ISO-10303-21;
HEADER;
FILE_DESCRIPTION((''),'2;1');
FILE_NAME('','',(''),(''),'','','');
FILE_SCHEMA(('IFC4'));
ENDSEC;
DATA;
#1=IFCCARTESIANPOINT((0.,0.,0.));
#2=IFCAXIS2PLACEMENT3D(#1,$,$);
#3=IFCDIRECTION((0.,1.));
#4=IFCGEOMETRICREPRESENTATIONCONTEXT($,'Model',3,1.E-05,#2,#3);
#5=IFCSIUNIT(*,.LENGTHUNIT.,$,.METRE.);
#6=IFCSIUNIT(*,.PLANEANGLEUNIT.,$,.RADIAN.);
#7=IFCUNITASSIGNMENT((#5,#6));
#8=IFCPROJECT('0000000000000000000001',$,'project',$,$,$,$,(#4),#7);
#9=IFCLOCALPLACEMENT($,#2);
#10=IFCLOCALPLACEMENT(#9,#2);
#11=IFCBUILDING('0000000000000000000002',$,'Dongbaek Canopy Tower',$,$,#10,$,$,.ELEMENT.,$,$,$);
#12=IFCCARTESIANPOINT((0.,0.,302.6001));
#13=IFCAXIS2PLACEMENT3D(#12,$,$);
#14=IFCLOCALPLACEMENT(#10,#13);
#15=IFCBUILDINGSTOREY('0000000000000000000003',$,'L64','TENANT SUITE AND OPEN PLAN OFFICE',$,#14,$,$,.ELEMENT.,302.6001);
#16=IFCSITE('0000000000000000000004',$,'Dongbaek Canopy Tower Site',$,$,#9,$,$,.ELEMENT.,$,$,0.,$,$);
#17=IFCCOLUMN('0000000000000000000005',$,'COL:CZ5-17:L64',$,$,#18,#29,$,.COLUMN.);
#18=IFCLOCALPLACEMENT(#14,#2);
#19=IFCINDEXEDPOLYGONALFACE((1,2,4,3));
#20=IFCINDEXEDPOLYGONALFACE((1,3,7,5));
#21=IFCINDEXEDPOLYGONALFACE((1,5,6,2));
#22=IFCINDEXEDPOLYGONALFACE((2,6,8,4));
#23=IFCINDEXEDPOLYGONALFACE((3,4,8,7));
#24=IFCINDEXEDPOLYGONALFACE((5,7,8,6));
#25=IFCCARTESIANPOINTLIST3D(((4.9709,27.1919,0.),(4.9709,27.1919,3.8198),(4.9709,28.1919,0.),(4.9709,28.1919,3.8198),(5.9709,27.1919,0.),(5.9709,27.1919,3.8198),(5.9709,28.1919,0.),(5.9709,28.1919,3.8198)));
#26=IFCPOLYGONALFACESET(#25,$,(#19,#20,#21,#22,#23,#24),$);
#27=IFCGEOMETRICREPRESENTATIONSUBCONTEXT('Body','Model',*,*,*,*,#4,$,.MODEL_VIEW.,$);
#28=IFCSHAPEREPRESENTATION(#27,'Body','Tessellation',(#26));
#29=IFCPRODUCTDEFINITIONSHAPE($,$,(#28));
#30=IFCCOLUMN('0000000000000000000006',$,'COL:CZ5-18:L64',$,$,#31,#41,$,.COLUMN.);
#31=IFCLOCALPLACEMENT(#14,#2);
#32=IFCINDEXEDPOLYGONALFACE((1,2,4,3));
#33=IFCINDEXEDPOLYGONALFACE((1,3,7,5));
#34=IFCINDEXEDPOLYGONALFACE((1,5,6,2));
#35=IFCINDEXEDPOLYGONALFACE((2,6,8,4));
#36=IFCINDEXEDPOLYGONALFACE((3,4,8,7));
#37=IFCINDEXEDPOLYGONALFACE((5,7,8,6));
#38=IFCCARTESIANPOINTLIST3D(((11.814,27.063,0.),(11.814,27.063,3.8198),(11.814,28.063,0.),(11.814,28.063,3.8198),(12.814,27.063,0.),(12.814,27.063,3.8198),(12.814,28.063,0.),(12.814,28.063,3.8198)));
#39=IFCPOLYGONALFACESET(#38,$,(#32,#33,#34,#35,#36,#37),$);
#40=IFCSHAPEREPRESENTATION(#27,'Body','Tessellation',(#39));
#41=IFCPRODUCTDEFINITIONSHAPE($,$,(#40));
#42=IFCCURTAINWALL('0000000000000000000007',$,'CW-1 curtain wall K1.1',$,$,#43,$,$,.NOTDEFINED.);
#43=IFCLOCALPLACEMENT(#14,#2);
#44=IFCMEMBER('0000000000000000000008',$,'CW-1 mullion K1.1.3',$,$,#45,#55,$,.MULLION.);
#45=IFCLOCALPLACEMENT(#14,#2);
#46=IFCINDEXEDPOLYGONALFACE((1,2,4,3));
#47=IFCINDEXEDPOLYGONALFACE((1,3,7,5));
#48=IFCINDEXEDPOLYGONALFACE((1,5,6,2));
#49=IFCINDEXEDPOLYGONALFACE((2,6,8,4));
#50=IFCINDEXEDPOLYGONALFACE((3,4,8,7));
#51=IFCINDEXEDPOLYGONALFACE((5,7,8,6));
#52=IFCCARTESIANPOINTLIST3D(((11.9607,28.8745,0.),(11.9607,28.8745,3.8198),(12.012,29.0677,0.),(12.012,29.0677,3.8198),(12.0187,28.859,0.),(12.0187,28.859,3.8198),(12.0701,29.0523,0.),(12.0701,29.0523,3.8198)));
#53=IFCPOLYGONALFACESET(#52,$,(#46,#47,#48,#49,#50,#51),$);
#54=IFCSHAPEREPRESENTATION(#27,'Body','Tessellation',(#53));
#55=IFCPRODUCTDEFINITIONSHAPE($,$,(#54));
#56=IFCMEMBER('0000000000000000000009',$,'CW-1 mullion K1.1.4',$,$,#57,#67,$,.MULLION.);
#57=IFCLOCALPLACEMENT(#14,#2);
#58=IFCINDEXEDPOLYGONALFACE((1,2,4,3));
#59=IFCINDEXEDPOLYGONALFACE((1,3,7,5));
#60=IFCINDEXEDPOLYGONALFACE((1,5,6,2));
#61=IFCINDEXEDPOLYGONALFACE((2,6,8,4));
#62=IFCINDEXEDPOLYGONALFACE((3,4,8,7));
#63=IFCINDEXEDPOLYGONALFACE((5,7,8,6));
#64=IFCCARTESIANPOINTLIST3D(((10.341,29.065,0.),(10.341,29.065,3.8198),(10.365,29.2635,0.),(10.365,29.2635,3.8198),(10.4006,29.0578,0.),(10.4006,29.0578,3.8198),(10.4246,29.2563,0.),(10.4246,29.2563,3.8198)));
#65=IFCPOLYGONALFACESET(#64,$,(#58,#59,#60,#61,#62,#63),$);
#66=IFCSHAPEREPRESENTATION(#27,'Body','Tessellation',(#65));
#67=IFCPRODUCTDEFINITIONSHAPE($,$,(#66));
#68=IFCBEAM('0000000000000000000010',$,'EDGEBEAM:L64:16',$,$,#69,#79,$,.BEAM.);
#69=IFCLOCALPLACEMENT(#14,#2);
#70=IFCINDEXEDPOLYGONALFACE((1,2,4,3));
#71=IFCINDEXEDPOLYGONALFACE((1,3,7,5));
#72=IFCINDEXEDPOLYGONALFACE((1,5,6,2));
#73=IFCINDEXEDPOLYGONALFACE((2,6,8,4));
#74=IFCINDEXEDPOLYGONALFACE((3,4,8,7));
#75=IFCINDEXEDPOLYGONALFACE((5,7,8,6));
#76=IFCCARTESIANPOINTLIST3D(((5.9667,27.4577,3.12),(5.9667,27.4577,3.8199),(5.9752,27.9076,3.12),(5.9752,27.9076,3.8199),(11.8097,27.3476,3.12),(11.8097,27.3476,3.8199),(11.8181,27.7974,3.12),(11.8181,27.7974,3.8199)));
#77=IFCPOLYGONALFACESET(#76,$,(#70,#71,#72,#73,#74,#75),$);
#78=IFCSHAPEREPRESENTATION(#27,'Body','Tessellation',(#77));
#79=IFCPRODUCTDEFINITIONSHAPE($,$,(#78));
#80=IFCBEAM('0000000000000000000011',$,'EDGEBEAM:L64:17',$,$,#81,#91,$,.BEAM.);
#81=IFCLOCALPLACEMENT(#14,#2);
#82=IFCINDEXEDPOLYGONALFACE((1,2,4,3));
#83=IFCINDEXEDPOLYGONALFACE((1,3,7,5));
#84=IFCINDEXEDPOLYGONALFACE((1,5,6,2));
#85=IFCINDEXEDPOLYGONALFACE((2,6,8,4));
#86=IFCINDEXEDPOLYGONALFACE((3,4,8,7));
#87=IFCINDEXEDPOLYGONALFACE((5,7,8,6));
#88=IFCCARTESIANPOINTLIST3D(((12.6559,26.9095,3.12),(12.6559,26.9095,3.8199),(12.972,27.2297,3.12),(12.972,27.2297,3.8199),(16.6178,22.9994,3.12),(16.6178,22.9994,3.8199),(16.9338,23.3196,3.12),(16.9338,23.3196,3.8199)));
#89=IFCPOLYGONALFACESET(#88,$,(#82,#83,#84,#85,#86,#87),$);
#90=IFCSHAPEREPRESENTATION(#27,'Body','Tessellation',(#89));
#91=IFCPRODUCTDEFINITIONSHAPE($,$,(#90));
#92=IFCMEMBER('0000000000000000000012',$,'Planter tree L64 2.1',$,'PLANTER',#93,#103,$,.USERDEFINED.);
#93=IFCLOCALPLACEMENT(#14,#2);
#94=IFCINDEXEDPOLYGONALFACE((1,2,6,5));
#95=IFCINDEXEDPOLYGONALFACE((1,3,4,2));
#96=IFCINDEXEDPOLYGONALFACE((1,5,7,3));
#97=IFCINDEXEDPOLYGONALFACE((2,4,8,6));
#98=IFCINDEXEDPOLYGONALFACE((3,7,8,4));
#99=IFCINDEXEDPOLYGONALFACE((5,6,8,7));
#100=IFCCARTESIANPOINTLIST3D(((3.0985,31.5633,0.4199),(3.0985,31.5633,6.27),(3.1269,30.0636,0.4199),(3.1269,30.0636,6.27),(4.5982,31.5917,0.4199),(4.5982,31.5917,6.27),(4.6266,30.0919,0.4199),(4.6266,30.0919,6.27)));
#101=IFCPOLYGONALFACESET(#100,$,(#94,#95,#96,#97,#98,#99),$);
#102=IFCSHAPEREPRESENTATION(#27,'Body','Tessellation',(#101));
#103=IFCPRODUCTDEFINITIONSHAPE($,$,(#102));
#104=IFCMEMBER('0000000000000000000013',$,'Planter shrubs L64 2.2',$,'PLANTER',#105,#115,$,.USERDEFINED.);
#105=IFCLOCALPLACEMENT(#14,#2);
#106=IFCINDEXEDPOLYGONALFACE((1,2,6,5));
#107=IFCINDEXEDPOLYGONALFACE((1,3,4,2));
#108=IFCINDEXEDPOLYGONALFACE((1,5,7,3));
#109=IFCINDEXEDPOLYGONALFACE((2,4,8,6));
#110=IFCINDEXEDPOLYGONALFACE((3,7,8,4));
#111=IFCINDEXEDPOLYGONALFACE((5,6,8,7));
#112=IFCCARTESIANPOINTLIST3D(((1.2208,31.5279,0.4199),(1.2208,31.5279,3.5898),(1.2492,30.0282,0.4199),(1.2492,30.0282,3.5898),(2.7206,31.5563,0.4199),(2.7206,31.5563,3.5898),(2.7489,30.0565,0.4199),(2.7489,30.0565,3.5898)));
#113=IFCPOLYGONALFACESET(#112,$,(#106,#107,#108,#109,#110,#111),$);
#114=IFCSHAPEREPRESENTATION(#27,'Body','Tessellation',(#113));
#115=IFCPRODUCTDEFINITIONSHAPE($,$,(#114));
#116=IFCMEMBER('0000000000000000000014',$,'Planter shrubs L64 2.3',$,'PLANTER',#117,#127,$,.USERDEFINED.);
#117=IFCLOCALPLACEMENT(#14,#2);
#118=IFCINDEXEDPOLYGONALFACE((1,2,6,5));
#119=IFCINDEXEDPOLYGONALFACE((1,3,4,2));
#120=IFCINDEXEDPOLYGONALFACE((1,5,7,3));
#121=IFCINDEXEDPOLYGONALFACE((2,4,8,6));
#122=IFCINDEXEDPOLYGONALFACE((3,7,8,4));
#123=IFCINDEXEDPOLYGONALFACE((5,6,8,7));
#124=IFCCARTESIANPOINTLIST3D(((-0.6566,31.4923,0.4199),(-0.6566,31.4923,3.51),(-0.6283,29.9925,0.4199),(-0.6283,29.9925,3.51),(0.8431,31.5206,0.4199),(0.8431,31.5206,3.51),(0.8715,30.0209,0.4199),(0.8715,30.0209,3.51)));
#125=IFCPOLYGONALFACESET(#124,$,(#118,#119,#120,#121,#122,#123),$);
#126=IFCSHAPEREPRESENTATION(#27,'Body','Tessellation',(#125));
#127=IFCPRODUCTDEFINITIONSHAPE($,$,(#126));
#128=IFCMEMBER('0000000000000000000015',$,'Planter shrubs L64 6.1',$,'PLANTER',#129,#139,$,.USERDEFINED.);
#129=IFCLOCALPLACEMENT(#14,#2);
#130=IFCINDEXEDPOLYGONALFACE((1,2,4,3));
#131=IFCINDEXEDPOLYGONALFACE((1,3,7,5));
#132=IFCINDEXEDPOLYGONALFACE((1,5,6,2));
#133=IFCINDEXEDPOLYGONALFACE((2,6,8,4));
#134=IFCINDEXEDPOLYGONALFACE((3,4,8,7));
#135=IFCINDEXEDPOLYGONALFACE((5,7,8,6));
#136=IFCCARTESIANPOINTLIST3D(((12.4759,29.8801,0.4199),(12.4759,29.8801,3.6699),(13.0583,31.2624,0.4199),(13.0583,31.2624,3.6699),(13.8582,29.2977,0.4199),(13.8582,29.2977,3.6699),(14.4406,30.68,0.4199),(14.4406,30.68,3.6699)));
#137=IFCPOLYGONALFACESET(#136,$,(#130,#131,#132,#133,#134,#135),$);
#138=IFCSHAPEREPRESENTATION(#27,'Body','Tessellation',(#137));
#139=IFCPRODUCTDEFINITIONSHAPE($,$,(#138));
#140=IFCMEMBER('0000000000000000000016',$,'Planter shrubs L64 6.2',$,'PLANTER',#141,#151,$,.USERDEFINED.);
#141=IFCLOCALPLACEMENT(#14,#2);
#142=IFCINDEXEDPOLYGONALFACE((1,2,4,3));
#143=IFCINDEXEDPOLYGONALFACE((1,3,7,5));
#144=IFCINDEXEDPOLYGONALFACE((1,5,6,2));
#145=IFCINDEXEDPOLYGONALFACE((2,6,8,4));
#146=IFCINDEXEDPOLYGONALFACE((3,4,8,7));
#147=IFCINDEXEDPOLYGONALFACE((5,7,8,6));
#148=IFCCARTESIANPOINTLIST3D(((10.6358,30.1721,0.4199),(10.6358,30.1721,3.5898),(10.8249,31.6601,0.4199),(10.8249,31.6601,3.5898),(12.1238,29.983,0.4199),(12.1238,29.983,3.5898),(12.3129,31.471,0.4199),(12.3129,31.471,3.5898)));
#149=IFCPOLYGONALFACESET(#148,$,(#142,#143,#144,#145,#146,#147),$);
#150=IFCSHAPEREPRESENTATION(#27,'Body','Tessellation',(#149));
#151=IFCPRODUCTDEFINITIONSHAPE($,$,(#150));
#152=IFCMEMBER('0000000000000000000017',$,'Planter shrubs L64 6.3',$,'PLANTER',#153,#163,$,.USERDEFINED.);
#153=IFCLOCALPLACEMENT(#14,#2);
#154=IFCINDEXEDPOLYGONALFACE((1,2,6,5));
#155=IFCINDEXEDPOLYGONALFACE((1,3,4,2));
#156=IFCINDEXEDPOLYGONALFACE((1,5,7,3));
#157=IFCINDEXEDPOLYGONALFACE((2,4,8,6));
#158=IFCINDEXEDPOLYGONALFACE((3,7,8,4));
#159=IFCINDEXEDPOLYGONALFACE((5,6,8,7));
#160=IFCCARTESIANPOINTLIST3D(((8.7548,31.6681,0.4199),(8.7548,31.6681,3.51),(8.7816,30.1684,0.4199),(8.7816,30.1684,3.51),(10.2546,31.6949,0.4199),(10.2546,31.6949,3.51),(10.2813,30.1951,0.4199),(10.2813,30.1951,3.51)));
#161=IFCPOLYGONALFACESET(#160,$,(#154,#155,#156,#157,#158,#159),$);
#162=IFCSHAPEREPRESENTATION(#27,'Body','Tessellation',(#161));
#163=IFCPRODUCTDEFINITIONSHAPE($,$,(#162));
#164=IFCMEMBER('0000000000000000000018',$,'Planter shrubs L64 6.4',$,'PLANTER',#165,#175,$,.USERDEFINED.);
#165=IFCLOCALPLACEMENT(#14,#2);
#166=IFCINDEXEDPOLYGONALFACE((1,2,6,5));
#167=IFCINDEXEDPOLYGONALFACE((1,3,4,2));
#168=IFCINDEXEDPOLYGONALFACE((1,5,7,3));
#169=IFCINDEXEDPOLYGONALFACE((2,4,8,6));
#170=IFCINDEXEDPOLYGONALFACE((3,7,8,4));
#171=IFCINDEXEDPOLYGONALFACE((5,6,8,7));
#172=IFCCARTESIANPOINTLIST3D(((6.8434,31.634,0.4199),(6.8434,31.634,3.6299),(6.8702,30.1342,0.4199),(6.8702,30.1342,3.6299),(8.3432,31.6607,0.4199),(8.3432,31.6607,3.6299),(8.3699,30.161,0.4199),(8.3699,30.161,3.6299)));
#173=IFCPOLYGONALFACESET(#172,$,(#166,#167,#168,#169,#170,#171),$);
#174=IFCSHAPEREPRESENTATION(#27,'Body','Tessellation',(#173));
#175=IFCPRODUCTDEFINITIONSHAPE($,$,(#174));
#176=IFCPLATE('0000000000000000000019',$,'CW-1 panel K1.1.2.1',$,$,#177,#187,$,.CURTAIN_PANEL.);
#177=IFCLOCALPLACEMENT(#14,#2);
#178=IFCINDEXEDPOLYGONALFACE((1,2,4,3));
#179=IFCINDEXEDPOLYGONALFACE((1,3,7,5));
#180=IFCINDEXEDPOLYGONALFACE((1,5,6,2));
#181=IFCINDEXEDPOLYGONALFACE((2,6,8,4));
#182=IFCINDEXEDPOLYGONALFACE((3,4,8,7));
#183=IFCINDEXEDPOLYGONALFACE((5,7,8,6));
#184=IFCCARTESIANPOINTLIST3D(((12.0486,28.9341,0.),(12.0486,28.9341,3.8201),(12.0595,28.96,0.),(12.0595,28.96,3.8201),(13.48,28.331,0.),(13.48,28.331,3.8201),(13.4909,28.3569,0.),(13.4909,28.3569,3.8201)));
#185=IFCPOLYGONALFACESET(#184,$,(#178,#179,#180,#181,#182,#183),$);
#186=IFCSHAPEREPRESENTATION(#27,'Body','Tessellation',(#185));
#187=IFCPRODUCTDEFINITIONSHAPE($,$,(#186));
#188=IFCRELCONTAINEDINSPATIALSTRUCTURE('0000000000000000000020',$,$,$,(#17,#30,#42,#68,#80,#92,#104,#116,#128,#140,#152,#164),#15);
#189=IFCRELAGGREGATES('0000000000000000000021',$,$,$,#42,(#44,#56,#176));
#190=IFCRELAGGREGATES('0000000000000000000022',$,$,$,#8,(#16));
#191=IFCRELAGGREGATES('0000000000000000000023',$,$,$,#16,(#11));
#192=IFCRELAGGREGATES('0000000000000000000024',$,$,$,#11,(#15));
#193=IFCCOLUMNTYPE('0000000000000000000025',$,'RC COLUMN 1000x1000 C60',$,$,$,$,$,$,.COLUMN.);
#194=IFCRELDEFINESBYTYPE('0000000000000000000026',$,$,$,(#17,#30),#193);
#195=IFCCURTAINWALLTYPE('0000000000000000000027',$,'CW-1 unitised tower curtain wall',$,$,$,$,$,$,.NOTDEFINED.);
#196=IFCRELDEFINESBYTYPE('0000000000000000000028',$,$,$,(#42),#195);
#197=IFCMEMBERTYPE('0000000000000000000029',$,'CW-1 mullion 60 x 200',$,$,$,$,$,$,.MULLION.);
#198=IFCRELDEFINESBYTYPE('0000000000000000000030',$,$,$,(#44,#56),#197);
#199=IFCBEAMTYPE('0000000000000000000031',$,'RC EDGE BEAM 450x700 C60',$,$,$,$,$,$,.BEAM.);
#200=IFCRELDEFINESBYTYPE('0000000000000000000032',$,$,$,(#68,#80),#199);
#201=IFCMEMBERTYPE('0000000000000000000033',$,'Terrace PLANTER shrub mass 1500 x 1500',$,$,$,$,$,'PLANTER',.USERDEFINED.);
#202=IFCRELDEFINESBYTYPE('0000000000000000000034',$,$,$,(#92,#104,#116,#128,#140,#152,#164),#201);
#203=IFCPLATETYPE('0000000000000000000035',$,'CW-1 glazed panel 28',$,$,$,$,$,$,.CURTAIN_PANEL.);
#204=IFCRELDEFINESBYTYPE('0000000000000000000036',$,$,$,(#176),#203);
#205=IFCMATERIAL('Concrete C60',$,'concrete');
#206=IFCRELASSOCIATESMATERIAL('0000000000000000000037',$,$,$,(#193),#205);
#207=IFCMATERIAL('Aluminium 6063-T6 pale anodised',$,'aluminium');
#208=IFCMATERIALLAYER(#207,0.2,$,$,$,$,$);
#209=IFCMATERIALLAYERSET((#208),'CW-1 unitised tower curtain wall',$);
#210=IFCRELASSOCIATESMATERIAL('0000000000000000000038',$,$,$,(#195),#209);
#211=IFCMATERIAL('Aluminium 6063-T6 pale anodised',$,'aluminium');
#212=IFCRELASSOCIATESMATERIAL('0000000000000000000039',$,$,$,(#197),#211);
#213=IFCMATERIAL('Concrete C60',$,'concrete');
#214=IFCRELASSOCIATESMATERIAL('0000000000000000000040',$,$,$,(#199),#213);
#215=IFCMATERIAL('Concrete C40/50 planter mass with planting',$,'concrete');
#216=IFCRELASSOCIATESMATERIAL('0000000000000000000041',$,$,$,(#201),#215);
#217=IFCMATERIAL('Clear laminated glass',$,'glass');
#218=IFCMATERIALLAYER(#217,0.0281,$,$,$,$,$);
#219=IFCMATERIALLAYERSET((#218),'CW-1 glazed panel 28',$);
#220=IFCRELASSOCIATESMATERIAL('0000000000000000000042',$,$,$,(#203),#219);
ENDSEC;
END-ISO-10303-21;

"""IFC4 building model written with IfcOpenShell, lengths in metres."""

from ifc_helpers import new_model, si_unit, direction, frame, origin, origin_2d, place, context, subcontext, project, spatial, rectangle, extrude, material, layer, layer_set, material_profile, profile_set, type_object, element, aggregate, save


model = new_model("IFC4")

# Units and contexts
model_context = context("Model", 3, precision=1e-05, world=origin(), true_north=direction((0.0, 1.0)))
body_context = subcontext(model_context, "Body", "Model", "MODEL_VIEW")
ifc_project = project(units=[si_unit("LENGTHUNIT", "METRE"), si_unit("PLANEANGLEUNIT", "RADIAN")], contexts=[model_context])

# Site, building, storey
site_placement = place(None, origin())
site = spatial("IfcSite", under=ifc_project, at=site_placement, Name="Dongbaek Canopy Tower Site", CompositionType="ELEMENT", RefElevation=0.0)
building_placement = place(site_placement, origin())
building = spatial("IfcBuilding", under=site, at=building_placement, Name="Dongbaek Canopy Tower", CompositionType="ELEMENT")
storey_placement = place(building_placement, frame((0.0, 0.0, 302.6001)))
storey = spatial("IfcBuildingStorey", under=building, at=storey_placement, Name="L64", Description="TENANT SUITE AND OPEN PLAN OFFICE", CompositionType="ELEMENT", Elevation=302.6001)

# Columns
ifc_material_1 = material(Name="Concrete C60", Category="concrete")
ifc_material_profile_1 = material_profile(ifc_material_1, rectangle(XDim=1.0, YDim=1.0, at=origin_2d()), Name="RC COLUMN 1000x1000 C60")
ifc_profile_set_1 = profile_set([ifc_material_profile_1], Name="Concrete C60")
column_type = type_object("IfcColumnType", Name="RC COLUMN 1000x1000 C60", PredefinedType="COLUMN", material=ifc_profile_set_1)
for number, where, z_axis, x_axis, name in (
    (1, (5.4709, 27.6919, 0.0), (0.0, 0.0, 1.0), (1.0, 0.0, 0.0), "COL:CZ5-17:L64"),
    (2, (12.314, 27.563, 0.0), (0.0, 0.0, 1.0), (1.0, 0.0, 0.0), "COL:CZ5-18:L64"),
):
    element("IfcColumn", number, at=place(storey_placement, frame(where, z_axis=z_axis, x_axis=x_axis)), inside=storey, type_object=column_type, Name=name, PredefinedType="COLUMN", context=body_context, shape_type="SweptSolid", body=[
        extrude(rectangle(XDim=1.0, YDim=1.0, at=origin_2d()), origin(), (0.0, 0.0, 1.0), 3.8198),
    ])

# Curtain wall, members
ifc_material_2 = material(Name="Aluminium 6063-T6 pale anodised", Category="aluminium")
ifc_layer_1 = layer(ifc_material_2, 0.2)
ifc_layer_set_1 = layer_set([ifc_layer_1], Name="CW-1 unitised tower curtain wall")
curtain_wall_type = type_object("IfcCurtainWallType", Name="CW-1 unitised tower curtain wall", PredefinedType="NOTDEFINED", material=ifc_layer_set_1)
curtain_wall_placement = place(storey_placement, origin())
curtain_wall = element("IfcCurtainWall", 3, at=curtain_wall_placement, inside=storey, type_object=curtain_wall_type, Name="CW-1 curtain wall K1.1", PredefinedType="NOTDEFINED")
ifc_material_3 = material(Name="Aluminium 6063-T6 pale anodised", Category="aluminium")
ifc_material_profile_2 = material_profile(ifc_material_3, rectangle(XDim=0.2, YDim=0.0601, at=origin_2d()), Name="CW-1 mullion 60 x 200")
ifc_profile_set_2 = profile_set([ifc_material_profile_2], Name="Aluminium 6063-T6 pale anodised")
member_type_1 = type_object("IfcMemberType", Name="CW-1 mullion 60 x 200", PredefinedType="MULLION", material=ifc_profile_set_2)
member_1_placement = place(storey_placement, frame((12.0154, 28.9634, 0.0), z_axis=(0.0, 0.0, 1.0), x_axis=(0.256634, 0.966509, 0.0)))
member_1 = element("IfcMember", 4, at=member_1_placement, type_object=member_type_1, Name="CW-1 mullion K1.1.3", PredefinedType="MULLION", context=body_context, shape_type="SweptSolid", body=[
    extrude(rectangle(XDim=0.2, YDim=0.0601, at=origin_2d()), origin(), (0.0, 0.0, 1.0), 3.8198),
])
member_2_placement = place(storey_placement, frame((10.3828, 29.1606, 0.0), z_axis=(0.0, 0.0, 1.0), x_axis=(0.120026, 0.992771, 0.0)))
member_2 = element("IfcMember", 5, at=member_2_placement, type_object=member_type_1, Name="CW-1 mullion K1.1.4", PredefinedType="MULLION", context=body_context, shape_type="SweptSolid", body=[
    extrude(rectangle(XDim=0.2, YDim=0.0601, at=origin_2d()), origin(), (0.0, 0.0, 1.0), 3.8198),
])

# Beams
ifc_material_4 = material(Name="Concrete C60", Category="concrete")
ifc_material_profile_3 = material_profile(ifc_material_4, rectangle(XDim=0.45, YDim=0.7, at=origin_2d()), Name="RC EDGE BEAM 450x700 C60")
ifc_profile_set_3 = profile_set([ifc_material_profile_3], Name="Concrete C60")
beam_type = type_object("IfcBeamType", Name="RC EDGE BEAM 450x700 C60", PredefinedType="BEAM", material=ifc_profile_set_3)
beam_1_placement = place(storey_placement, frame((5.9709, 27.6826, 3.47), z_axis=(0.999822, -0.018841, 0.0), x_axis=(0.018841, 0.999822, 0.0)))
element("IfcBeam", 6, at=beam_1_placement, inside=storey, type_object=beam_type, Name="EDGEBEAM:L64:16", PredefinedType="BEAM", context=body_context, shape_type="SweptSolid", body=[
    extrude(rectangle(XDim=0.45, YDim=0.7, at=origin_2d()), origin(), (0.0, 0.0, 1.0), 5.844),
])
beam_2_placement = place(storey_placement, frame((12.814, 27.0696, 3.47), z_axis=(0.711741, -0.702442, 0.0), x_axis=(0.702442, 0.711741, 0.0)))
element("IfcBeam", 7, at=beam_2_placement, inside=storey, type_object=beam_type, Name="EDGEBEAM:L64:17", PredefinedType="BEAM", context=body_context, shape_type="SweptSolid", body=[
    extrude(rectangle(XDim=0.45, YDim=0.7, at=origin_2d()), origin(), (0.0, 0.0, 1.0), 5.5664),
])

# Members
ifc_material_5 = material(Name="Concrete C40/50 planter mass with planting", Category="concrete")
ifc_material_profile_4 = material_profile(ifc_material_5, rectangle(XDim=1.5, YDim=1.5, at=origin_2d()), Name="Terrace PLANTER shrub mass 1500 x 1500")
ifc_profile_set_4 = profile_set([ifc_material_profile_4], Name="Concrete C40/50 planter mass with planting")
member_type_2 = type_object("IfcMemberType", Name="Terrace PLANTER shrub mass 1500 x 1500", ElementType="PLANTER", PredefinedType="USERDEFINED", material=ifc_profile_set_4)
member_3_placement = place(storey_placement, frame((3.8625, 30.8276, 0.4199), z_axis=(0.0, 0.0, 1.0), x_axis=(-0.018905, 0.999821, 0.0)))
element("IfcMember", 8, at=member_3_placement, inside=storey, type_object=member_type_2, Name="Planter tree L64 2.1", ObjectType="PLANTER", PredefinedType="USERDEFINED", context=body_context, shape_type="SweptSolid", body=[
    extrude(rectangle(XDim=1.5, YDim=1.5, at=origin_2d()), origin(), (0.0, 0.0, 1.0), 5.8501),
])
member_4_placement = place(storey_placement, frame((1.9849, 30.7922, 0.4199), z_axis=(0.0, 0.0, 1.0), x_axis=(-0.018905, 0.999821, 0.0)))
element("IfcMember", 9, at=member_4_placement, inside=storey, type_object=member_type_2, Name="Planter shrubs L64 2.2", ObjectType="PLANTER", PredefinedType="USERDEFINED", context=body_context, shape_type="SweptSolid", body=[
    extrude(rectangle(XDim=1.5, YDim=1.5, at=origin_2d()), origin(), (0.0, 0.0, 1.0), 3.1699),
])
member_5_placement = place(storey_placement, frame((0.1074, 30.7566, 0.4199), z_axis=(0.0, 0.0, 1.0), x_axis=(-0.018905, 0.999821, 0.0)))
element("IfcMember", 10, at=member_5_placement, inside=storey, type_object=member_type_2, Name="Planter shrubs L64 2.3", ObjectType="PLANTER", PredefinedType="USERDEFINED", context=body_context, shape_type="SweptSolid", body=[
    extrude(rectangle(XDim=1.5, YDim=1.5, at=origin_2d()), origin(), (0.0, 0.0, 1.0), 3.0901),
])
member_6_placement = place(storey_placement, frame((13.4583, 30.28, 0.4199), z_axis=(0.0, 0.0, 1.0), x_axis=(0.388275, 0.921543, 0.0)))
element("IfcMember", 11, at=member_6_placement, inside=storey, type_object=member_type_2, Name="Planter shrubs L64 6.1", ObjectType="PLANTER", PredefinedType="USERDEFINED", context=body_context, shape_type="SweptSolid", body=[
    extrude(rectangle(XDim=1.5, YDim=1.5, at=origin_2d()), origin(), (0.0, 0.0, 1.0), 3.25),
])
member_7_placement = place(storey_placement, frame((11.4744, 30.8215, 0.4199), z_axis=(0.0, 0.0, 1.0), x_axis=(0.126056, 0.992023, 0.0)))
element("IfcMember", 12, at=member_7_placement, inside=storey, type_object=member_type_2, Name="Planter shrubs L64 6.2", ObjectType="PLANTER", PredefinedType="USERDEFINED", context=body_context, shape_type="SweptSolid", body=[
    extrude(rectangle(XDim=1.5, YDim=1.5, at=origin_2d()), origin(), (0.0, 0.0, 1.0), 3.1699),
])
member_8_placement = place(storey_placement, frame((9.5181, 30.9316, 0.4199), z_axis=(0.0, 0.0, 1.0), x_axis=(-0.017835, 0.999841, 0.0)))
element("IfcMember", 13, at=member_8_placement, inside=storey, type_object=member_type_2, Name="Planter shrubs L64 6.3", ObjectType="PLANTER", PredefinedType="USERDEFINED", context=body_context, shape_type="SweptSolid", body=[
    extrude(rectangle(XDim=1.5, YDim=1.5, at=origin_2d()), origin(), (0.0, 0.0, 1.0), 3.0901),
])
member_9_placement = place(storey_placement, frame((7.6067, 30.8975, 0.4199), z_axis=(0.0, 0.0, 1.0), x_axis=(-0.017835, 0.999841, 0.0)))
element("IfcMember", 14, at=member_9_placement, inside=storey, type_object=member_type_2, Name="Planter shrubs L64 6.4", ObjectType="PLANTER", PredefinedType="USERDEFINED", context=body_context, shape_type="SweptSolid", body=[
    extrude(rectangle(XDim=1.5, YDim=1.5, at=origin_2d()), origin(), (0.0, 0.0, 1.0), 3.21),
])

# Plate
ifc_material_6 = material(Name="Clear laminated glass", Category="glass")
ifc_layer_2 = layer(ifc_material_6, 0.0281)
ifc_layer_set_2 = layer_set([ifc_layer_2], Name="CW-1 glazed panel 28")
plate_type = type_object("IfcPlateType", Name="CW-1 glazed panel 28", PredefinedType="CURTAIN_PANEL", material=ifc_layer_set_2)
plate_1_placement = place(storey_placement, frame((12.7698, 28.6455, 0.0), z_axis=(0.0, 0.0, 1.0), x_axis=(-0.921543, 0.388275, 0.0)))
plate_1 = element("IfcPlate", 15, at=plate_1_placement, type_object=plate_type, Name="CW-1 panel K1.1.2.1", PredefinedType="CURTAIN_PANEL", context=body_context, shape_type="SweptSolid", body=[
    extrude(rectangle(XDim=1.5532, YDim=0.0281, at=origin_2d()), origin(), (0.0, 0.0, 1.0), 3.8201),
])
aggregate(curtain_wall, [member_1, member_2, plate_1])

save(model, "model.ifc")
